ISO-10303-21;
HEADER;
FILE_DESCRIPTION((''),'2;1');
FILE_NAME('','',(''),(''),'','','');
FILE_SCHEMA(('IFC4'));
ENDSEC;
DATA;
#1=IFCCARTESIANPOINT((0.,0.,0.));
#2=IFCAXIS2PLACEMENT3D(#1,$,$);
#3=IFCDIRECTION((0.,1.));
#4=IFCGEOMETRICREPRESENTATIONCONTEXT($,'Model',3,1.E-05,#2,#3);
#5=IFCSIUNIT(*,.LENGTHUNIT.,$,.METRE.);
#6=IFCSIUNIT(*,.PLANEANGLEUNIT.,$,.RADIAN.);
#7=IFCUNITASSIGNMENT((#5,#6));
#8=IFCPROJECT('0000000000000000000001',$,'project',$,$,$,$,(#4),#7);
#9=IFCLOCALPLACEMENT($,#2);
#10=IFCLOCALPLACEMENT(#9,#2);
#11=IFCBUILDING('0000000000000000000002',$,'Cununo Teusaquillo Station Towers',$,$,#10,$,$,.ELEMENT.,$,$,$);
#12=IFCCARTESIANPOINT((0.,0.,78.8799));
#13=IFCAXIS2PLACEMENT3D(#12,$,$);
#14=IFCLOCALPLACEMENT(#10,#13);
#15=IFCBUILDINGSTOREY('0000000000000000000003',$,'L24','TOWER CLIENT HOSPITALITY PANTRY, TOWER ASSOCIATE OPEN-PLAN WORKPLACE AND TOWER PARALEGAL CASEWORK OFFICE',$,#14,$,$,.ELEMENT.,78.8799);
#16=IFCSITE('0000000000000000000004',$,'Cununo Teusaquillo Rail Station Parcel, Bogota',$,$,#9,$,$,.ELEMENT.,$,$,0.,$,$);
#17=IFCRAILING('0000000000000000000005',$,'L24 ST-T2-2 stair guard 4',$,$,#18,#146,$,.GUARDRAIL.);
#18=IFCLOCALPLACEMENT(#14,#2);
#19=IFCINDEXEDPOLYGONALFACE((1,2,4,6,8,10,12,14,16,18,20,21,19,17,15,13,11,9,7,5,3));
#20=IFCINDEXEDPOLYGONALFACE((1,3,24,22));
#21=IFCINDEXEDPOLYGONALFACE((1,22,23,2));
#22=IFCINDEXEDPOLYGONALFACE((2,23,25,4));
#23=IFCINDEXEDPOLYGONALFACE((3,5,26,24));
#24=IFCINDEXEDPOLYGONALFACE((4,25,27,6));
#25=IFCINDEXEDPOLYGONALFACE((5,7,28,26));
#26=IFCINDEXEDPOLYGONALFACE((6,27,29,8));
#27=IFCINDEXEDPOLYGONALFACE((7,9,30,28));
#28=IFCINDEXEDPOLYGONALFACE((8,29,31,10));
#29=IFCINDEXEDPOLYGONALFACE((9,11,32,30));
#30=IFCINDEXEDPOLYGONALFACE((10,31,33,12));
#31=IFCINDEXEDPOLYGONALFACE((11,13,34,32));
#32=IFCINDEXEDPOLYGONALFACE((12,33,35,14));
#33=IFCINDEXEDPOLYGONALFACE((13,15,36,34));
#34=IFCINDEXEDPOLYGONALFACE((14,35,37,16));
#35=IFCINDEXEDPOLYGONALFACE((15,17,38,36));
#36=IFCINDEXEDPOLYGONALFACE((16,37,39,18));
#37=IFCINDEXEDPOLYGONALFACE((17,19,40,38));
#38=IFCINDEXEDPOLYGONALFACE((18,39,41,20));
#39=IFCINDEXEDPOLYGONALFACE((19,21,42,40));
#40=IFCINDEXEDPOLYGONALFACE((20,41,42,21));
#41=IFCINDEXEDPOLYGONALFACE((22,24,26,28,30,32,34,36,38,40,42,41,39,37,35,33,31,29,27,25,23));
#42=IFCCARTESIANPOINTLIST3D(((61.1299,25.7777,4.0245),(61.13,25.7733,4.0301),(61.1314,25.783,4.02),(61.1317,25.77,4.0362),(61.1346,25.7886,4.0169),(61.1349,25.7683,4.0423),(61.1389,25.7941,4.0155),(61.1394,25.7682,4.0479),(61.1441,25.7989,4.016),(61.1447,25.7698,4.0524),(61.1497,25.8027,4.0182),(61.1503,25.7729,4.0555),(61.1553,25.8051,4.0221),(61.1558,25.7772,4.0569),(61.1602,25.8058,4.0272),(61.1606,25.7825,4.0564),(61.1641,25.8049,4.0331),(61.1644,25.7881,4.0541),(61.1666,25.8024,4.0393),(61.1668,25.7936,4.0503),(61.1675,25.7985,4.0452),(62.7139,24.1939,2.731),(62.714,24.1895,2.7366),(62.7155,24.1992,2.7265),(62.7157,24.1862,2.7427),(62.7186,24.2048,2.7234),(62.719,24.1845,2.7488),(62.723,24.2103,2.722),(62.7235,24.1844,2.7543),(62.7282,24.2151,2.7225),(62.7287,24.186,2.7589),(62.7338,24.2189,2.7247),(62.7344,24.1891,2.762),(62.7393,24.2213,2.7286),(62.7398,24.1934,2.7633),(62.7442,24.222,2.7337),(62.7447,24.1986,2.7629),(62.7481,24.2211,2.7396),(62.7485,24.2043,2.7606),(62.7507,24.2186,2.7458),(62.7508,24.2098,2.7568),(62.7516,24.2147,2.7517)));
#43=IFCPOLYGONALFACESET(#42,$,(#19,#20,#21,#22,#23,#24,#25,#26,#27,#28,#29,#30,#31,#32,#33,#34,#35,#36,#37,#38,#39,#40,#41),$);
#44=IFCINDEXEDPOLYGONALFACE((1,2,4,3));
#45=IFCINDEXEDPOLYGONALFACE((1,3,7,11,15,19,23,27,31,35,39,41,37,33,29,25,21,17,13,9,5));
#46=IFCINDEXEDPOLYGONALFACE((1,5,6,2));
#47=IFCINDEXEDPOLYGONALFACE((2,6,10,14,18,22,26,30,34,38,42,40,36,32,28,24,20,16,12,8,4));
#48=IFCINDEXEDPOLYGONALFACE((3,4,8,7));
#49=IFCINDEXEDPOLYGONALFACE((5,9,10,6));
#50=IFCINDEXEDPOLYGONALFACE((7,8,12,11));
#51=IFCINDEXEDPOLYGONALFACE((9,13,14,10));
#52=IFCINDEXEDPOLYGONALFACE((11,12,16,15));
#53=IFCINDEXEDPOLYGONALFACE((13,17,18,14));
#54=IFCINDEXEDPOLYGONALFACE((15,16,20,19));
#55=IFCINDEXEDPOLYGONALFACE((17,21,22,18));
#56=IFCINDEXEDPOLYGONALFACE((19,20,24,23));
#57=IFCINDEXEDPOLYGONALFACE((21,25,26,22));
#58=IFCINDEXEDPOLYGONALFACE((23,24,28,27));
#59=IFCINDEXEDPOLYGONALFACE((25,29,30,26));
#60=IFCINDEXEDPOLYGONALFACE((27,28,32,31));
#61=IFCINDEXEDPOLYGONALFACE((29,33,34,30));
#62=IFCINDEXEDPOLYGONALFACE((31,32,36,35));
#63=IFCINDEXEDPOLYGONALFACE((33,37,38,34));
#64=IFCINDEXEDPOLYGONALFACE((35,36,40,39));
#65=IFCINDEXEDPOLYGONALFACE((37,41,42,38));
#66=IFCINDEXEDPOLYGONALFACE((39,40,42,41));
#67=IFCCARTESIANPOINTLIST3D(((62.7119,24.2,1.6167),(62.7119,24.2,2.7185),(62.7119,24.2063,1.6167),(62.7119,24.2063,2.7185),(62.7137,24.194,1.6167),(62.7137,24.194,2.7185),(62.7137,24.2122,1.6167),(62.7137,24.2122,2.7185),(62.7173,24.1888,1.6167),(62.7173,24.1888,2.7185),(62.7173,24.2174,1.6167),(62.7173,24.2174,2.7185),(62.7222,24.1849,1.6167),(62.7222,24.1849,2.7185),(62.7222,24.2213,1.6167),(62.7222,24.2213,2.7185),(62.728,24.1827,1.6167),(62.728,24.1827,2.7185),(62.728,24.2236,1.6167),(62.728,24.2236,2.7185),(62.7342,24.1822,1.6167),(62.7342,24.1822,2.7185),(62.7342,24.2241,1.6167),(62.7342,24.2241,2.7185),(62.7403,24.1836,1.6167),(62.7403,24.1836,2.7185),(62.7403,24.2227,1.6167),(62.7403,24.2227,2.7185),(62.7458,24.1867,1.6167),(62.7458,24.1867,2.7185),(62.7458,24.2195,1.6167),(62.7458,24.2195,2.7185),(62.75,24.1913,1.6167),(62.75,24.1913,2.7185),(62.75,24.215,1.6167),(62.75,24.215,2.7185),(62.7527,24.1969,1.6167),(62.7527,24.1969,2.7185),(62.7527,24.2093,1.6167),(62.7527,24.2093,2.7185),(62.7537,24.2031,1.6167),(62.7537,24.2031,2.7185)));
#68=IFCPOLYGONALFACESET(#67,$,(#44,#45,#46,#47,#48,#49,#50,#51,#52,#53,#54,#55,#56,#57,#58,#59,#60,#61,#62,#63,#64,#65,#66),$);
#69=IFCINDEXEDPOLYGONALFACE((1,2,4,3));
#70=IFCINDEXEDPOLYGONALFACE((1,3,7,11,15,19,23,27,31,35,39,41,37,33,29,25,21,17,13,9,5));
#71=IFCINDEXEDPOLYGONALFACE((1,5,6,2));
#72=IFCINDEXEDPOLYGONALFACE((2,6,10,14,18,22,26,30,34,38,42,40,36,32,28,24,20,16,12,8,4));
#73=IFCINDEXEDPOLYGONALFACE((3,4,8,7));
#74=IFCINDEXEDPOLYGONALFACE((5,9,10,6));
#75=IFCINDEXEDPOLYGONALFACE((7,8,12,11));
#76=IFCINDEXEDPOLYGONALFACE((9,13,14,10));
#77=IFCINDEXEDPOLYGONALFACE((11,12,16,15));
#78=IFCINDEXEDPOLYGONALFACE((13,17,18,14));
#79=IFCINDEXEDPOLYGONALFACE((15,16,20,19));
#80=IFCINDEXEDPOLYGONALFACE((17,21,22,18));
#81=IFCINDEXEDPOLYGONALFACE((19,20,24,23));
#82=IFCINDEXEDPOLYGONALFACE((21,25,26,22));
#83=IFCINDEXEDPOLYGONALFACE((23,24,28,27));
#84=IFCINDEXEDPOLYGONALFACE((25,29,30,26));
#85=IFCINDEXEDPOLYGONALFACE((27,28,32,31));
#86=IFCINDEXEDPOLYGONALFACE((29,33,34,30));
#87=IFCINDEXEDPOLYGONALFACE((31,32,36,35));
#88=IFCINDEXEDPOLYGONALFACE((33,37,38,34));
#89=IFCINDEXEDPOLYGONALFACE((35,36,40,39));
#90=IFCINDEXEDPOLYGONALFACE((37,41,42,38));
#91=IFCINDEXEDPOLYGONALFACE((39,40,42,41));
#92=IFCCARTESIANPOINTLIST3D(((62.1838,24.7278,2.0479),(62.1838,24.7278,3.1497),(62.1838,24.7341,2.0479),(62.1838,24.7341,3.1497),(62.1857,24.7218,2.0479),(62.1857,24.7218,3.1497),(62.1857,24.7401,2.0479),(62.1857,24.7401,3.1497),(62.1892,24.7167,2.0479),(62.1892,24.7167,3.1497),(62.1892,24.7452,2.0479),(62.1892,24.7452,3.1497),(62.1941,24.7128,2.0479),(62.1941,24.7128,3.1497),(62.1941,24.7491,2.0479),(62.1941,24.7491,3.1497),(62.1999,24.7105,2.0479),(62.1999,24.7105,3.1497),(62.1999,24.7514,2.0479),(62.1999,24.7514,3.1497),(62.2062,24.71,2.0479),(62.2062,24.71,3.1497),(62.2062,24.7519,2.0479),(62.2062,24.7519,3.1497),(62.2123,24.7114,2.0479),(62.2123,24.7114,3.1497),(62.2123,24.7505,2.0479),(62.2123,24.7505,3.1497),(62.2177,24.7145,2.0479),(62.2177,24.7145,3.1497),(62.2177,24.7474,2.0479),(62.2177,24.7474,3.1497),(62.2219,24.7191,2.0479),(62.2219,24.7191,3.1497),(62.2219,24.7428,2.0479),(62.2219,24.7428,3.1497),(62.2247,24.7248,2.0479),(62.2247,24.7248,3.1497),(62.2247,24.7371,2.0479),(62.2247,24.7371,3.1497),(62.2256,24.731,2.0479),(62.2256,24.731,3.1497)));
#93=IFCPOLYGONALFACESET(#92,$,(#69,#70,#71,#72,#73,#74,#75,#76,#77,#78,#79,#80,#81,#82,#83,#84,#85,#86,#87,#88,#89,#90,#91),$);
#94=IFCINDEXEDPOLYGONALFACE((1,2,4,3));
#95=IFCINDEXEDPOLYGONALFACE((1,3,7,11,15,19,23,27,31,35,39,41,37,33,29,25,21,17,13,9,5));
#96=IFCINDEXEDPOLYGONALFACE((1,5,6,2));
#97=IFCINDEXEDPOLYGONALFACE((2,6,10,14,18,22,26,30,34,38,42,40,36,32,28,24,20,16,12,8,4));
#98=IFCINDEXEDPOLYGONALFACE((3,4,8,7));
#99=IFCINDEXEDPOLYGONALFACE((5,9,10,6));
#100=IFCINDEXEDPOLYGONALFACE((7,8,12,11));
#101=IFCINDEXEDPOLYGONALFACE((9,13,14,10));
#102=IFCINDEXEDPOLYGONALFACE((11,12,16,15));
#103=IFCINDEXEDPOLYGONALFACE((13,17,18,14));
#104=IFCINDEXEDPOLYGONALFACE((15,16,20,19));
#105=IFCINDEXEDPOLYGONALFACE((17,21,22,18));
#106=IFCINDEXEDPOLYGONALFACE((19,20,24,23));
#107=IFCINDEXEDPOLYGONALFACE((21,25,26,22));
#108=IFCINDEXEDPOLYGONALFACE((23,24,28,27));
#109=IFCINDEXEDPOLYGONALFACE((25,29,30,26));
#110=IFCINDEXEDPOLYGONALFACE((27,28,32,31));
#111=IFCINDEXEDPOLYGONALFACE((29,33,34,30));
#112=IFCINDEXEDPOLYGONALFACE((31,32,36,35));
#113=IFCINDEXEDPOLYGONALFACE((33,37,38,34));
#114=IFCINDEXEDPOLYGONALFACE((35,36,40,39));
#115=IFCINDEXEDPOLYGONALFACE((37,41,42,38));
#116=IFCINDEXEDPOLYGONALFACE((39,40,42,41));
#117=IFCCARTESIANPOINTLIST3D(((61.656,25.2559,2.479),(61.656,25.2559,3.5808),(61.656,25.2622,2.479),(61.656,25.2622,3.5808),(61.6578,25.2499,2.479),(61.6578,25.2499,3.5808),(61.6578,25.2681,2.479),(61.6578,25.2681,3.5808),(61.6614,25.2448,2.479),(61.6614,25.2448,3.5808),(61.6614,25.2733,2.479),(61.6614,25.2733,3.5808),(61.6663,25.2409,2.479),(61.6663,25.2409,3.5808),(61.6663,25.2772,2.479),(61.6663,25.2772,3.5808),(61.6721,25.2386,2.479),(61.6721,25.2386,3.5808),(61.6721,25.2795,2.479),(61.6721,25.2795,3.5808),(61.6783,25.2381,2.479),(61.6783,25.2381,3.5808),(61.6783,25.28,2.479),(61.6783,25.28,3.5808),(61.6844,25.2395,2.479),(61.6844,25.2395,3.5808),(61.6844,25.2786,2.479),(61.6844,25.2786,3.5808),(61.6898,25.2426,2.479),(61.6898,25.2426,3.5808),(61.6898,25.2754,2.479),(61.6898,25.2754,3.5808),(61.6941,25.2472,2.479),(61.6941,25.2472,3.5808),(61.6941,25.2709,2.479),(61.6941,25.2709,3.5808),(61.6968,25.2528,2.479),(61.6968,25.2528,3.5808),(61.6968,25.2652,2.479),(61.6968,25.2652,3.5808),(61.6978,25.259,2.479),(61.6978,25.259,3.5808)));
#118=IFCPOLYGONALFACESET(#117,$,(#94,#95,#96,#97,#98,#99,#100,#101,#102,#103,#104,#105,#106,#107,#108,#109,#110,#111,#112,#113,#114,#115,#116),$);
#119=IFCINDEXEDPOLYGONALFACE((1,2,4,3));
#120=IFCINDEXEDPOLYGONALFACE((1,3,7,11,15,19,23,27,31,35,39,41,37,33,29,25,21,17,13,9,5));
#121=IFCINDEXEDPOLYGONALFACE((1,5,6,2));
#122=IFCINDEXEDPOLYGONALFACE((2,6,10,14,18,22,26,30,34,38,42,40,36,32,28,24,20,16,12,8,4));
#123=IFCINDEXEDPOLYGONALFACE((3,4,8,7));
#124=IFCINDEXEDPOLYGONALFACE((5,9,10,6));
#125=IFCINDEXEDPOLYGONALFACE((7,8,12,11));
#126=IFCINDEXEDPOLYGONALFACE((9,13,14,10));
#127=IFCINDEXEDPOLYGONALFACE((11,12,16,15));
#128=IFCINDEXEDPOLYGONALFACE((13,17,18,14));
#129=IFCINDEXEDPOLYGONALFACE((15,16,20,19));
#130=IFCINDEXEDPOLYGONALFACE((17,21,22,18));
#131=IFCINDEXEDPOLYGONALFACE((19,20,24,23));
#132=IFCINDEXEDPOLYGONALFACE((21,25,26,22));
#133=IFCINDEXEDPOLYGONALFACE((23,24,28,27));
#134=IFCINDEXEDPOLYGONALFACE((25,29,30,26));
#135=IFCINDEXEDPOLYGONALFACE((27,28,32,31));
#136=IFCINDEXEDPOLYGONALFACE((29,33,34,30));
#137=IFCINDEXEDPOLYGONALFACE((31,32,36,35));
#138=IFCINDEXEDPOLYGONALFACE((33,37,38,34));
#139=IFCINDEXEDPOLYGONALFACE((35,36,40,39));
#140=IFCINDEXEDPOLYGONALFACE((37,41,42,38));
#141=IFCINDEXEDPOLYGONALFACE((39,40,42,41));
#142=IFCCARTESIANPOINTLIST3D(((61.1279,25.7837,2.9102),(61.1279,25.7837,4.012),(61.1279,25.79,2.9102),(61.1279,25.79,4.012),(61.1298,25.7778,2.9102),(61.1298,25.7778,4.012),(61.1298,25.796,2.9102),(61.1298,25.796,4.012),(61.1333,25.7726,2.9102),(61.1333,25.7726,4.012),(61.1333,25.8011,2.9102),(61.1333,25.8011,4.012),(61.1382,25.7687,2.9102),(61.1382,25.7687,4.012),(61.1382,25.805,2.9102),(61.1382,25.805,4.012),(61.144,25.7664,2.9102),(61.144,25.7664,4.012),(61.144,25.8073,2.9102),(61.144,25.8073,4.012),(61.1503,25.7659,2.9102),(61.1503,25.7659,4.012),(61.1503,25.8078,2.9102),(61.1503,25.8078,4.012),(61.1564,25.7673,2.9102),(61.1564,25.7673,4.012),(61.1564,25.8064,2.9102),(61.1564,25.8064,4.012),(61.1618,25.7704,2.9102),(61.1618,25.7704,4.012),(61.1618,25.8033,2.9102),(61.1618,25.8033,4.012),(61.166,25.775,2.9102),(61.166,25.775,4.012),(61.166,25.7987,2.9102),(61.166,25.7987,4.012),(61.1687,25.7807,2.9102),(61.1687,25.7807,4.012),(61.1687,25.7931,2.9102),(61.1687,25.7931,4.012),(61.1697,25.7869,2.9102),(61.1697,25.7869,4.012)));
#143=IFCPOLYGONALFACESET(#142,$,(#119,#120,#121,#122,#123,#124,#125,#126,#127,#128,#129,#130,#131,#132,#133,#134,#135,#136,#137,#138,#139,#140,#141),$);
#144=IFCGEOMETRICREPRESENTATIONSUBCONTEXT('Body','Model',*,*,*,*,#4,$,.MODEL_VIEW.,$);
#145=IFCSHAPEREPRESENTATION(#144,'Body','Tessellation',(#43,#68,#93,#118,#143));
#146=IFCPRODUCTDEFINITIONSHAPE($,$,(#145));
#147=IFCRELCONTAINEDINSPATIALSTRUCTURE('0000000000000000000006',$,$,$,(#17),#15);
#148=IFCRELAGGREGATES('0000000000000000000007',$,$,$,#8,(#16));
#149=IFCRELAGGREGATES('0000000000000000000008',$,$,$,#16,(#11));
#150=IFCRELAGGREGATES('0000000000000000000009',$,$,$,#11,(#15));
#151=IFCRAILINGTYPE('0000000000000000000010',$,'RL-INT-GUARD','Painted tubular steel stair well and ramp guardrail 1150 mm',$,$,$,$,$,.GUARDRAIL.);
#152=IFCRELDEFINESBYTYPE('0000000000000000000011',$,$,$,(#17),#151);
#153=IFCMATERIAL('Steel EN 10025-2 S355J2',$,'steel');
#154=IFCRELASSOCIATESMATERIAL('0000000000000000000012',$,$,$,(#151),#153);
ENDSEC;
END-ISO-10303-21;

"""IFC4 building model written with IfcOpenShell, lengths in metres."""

from ifc_helpers import new_model, si_unit, direction, frame, origin, origin_2d, place, context, subcontext, project, spatial, circle, extrude, material, type_object, element, save


model = new_model("IFC4")

# Units and contexts
model_context = context("Model", 3, precision=1e-05, world=origin(), true_north=direction((0.0, 1.0)))
body_context = subcontext(model_context, "Body", "Model", "MODEL_VIEW")
ifc_project = project(units=[si_unit("LENGTHUNIT", "METRE"), si_unit("PLANEANGLEUNIT", "RADIAN")], contexts=[model_context])

# Site, building, storey
site_placement = place(None, origin())
site = spatial("IfcSite", under=ifc_project, at=site_placement, Name="Cununo Teusaquillo Rail Station Parcel, Bogota", CompositionType="ELEMENT", RefElevation=0.0)
building_placement = place(site_placement, origin())
building = spatial("IfcBuilding", under=site, at=building_placement, Name="Cununo Teusaquillo Station Towers", CompositionType="ELEMENT")
storey_placement = place(building_placement, frame((0.0, 0.0, 78.8799)))
storey = spatial("IfcBuildingStorey", under=building, at=storey_placement, Name="L24", Description="TOWER CLIENT HOSPITALITY PANTRY, TOWER ASSOCIATE OPEN-PLAN WORKPLACE AND TOWER PARALEGAL CASEWORK OFFICE", CompositionType="ELEMENT", Elevation=78.8799)

# Railing
ifc_material_1 = material(Name="Steel EN 10025-2 S355J2", Category="steel")
railing_type_1 = type_object("IfcRailingType", Name="RL-INT-GUARD", Description="Painted tubular steel stair well and ramp guardrail 1150 mm", PredefinedType="GUARDRAIL", material=ifc_material_1)
railing_1_placement = place(storey_placement, frame((62.7327, 24.2031, 1.6167)))
element("IfcRailing", 1, at=railing_1_placement, inside=storey, type_object=railing_type_1, Name="L24 ST-T2-2 stair guard 4", PredefinedType="GUARDRAIL", context=body_context, shape_type="SweptSolid", body=[
    extrude(circle(Radius=0.0239, at=origin_2d()), frame((0.0, 0.0, 1.126), z_axis=(-0.612391, 0.612297, 0.500069), x_axis=(-0.707052, -0.707161, 0.0)), (0.0, 0.0, 1.0), 2.5867),
    extrude(circle(Radius=0.021, at=origin_2d()), origin(), (0.0, 0.0, 1.0), 1.1018),
    extrude(circle(Radius=0.021, at=origin_2d()), frame((-0.5281, 0.5278, 0.4312)), (0.0, 0.0, 1.0), 1.1018),
    extrude(circle(Radius=0.021, at=origin_2d()), frame((-1.0559, 1.0559, 0.8623)), (0.0, 0.0, 1.0), 1.1018),
    extrude(circle(Radius=0.021, at=origin_2d()), frame((-1.584, 1.5837, 1.2935)), (0.0, 0.0, 1.0), 1.1018),
])

save(model, "model.ifc")
